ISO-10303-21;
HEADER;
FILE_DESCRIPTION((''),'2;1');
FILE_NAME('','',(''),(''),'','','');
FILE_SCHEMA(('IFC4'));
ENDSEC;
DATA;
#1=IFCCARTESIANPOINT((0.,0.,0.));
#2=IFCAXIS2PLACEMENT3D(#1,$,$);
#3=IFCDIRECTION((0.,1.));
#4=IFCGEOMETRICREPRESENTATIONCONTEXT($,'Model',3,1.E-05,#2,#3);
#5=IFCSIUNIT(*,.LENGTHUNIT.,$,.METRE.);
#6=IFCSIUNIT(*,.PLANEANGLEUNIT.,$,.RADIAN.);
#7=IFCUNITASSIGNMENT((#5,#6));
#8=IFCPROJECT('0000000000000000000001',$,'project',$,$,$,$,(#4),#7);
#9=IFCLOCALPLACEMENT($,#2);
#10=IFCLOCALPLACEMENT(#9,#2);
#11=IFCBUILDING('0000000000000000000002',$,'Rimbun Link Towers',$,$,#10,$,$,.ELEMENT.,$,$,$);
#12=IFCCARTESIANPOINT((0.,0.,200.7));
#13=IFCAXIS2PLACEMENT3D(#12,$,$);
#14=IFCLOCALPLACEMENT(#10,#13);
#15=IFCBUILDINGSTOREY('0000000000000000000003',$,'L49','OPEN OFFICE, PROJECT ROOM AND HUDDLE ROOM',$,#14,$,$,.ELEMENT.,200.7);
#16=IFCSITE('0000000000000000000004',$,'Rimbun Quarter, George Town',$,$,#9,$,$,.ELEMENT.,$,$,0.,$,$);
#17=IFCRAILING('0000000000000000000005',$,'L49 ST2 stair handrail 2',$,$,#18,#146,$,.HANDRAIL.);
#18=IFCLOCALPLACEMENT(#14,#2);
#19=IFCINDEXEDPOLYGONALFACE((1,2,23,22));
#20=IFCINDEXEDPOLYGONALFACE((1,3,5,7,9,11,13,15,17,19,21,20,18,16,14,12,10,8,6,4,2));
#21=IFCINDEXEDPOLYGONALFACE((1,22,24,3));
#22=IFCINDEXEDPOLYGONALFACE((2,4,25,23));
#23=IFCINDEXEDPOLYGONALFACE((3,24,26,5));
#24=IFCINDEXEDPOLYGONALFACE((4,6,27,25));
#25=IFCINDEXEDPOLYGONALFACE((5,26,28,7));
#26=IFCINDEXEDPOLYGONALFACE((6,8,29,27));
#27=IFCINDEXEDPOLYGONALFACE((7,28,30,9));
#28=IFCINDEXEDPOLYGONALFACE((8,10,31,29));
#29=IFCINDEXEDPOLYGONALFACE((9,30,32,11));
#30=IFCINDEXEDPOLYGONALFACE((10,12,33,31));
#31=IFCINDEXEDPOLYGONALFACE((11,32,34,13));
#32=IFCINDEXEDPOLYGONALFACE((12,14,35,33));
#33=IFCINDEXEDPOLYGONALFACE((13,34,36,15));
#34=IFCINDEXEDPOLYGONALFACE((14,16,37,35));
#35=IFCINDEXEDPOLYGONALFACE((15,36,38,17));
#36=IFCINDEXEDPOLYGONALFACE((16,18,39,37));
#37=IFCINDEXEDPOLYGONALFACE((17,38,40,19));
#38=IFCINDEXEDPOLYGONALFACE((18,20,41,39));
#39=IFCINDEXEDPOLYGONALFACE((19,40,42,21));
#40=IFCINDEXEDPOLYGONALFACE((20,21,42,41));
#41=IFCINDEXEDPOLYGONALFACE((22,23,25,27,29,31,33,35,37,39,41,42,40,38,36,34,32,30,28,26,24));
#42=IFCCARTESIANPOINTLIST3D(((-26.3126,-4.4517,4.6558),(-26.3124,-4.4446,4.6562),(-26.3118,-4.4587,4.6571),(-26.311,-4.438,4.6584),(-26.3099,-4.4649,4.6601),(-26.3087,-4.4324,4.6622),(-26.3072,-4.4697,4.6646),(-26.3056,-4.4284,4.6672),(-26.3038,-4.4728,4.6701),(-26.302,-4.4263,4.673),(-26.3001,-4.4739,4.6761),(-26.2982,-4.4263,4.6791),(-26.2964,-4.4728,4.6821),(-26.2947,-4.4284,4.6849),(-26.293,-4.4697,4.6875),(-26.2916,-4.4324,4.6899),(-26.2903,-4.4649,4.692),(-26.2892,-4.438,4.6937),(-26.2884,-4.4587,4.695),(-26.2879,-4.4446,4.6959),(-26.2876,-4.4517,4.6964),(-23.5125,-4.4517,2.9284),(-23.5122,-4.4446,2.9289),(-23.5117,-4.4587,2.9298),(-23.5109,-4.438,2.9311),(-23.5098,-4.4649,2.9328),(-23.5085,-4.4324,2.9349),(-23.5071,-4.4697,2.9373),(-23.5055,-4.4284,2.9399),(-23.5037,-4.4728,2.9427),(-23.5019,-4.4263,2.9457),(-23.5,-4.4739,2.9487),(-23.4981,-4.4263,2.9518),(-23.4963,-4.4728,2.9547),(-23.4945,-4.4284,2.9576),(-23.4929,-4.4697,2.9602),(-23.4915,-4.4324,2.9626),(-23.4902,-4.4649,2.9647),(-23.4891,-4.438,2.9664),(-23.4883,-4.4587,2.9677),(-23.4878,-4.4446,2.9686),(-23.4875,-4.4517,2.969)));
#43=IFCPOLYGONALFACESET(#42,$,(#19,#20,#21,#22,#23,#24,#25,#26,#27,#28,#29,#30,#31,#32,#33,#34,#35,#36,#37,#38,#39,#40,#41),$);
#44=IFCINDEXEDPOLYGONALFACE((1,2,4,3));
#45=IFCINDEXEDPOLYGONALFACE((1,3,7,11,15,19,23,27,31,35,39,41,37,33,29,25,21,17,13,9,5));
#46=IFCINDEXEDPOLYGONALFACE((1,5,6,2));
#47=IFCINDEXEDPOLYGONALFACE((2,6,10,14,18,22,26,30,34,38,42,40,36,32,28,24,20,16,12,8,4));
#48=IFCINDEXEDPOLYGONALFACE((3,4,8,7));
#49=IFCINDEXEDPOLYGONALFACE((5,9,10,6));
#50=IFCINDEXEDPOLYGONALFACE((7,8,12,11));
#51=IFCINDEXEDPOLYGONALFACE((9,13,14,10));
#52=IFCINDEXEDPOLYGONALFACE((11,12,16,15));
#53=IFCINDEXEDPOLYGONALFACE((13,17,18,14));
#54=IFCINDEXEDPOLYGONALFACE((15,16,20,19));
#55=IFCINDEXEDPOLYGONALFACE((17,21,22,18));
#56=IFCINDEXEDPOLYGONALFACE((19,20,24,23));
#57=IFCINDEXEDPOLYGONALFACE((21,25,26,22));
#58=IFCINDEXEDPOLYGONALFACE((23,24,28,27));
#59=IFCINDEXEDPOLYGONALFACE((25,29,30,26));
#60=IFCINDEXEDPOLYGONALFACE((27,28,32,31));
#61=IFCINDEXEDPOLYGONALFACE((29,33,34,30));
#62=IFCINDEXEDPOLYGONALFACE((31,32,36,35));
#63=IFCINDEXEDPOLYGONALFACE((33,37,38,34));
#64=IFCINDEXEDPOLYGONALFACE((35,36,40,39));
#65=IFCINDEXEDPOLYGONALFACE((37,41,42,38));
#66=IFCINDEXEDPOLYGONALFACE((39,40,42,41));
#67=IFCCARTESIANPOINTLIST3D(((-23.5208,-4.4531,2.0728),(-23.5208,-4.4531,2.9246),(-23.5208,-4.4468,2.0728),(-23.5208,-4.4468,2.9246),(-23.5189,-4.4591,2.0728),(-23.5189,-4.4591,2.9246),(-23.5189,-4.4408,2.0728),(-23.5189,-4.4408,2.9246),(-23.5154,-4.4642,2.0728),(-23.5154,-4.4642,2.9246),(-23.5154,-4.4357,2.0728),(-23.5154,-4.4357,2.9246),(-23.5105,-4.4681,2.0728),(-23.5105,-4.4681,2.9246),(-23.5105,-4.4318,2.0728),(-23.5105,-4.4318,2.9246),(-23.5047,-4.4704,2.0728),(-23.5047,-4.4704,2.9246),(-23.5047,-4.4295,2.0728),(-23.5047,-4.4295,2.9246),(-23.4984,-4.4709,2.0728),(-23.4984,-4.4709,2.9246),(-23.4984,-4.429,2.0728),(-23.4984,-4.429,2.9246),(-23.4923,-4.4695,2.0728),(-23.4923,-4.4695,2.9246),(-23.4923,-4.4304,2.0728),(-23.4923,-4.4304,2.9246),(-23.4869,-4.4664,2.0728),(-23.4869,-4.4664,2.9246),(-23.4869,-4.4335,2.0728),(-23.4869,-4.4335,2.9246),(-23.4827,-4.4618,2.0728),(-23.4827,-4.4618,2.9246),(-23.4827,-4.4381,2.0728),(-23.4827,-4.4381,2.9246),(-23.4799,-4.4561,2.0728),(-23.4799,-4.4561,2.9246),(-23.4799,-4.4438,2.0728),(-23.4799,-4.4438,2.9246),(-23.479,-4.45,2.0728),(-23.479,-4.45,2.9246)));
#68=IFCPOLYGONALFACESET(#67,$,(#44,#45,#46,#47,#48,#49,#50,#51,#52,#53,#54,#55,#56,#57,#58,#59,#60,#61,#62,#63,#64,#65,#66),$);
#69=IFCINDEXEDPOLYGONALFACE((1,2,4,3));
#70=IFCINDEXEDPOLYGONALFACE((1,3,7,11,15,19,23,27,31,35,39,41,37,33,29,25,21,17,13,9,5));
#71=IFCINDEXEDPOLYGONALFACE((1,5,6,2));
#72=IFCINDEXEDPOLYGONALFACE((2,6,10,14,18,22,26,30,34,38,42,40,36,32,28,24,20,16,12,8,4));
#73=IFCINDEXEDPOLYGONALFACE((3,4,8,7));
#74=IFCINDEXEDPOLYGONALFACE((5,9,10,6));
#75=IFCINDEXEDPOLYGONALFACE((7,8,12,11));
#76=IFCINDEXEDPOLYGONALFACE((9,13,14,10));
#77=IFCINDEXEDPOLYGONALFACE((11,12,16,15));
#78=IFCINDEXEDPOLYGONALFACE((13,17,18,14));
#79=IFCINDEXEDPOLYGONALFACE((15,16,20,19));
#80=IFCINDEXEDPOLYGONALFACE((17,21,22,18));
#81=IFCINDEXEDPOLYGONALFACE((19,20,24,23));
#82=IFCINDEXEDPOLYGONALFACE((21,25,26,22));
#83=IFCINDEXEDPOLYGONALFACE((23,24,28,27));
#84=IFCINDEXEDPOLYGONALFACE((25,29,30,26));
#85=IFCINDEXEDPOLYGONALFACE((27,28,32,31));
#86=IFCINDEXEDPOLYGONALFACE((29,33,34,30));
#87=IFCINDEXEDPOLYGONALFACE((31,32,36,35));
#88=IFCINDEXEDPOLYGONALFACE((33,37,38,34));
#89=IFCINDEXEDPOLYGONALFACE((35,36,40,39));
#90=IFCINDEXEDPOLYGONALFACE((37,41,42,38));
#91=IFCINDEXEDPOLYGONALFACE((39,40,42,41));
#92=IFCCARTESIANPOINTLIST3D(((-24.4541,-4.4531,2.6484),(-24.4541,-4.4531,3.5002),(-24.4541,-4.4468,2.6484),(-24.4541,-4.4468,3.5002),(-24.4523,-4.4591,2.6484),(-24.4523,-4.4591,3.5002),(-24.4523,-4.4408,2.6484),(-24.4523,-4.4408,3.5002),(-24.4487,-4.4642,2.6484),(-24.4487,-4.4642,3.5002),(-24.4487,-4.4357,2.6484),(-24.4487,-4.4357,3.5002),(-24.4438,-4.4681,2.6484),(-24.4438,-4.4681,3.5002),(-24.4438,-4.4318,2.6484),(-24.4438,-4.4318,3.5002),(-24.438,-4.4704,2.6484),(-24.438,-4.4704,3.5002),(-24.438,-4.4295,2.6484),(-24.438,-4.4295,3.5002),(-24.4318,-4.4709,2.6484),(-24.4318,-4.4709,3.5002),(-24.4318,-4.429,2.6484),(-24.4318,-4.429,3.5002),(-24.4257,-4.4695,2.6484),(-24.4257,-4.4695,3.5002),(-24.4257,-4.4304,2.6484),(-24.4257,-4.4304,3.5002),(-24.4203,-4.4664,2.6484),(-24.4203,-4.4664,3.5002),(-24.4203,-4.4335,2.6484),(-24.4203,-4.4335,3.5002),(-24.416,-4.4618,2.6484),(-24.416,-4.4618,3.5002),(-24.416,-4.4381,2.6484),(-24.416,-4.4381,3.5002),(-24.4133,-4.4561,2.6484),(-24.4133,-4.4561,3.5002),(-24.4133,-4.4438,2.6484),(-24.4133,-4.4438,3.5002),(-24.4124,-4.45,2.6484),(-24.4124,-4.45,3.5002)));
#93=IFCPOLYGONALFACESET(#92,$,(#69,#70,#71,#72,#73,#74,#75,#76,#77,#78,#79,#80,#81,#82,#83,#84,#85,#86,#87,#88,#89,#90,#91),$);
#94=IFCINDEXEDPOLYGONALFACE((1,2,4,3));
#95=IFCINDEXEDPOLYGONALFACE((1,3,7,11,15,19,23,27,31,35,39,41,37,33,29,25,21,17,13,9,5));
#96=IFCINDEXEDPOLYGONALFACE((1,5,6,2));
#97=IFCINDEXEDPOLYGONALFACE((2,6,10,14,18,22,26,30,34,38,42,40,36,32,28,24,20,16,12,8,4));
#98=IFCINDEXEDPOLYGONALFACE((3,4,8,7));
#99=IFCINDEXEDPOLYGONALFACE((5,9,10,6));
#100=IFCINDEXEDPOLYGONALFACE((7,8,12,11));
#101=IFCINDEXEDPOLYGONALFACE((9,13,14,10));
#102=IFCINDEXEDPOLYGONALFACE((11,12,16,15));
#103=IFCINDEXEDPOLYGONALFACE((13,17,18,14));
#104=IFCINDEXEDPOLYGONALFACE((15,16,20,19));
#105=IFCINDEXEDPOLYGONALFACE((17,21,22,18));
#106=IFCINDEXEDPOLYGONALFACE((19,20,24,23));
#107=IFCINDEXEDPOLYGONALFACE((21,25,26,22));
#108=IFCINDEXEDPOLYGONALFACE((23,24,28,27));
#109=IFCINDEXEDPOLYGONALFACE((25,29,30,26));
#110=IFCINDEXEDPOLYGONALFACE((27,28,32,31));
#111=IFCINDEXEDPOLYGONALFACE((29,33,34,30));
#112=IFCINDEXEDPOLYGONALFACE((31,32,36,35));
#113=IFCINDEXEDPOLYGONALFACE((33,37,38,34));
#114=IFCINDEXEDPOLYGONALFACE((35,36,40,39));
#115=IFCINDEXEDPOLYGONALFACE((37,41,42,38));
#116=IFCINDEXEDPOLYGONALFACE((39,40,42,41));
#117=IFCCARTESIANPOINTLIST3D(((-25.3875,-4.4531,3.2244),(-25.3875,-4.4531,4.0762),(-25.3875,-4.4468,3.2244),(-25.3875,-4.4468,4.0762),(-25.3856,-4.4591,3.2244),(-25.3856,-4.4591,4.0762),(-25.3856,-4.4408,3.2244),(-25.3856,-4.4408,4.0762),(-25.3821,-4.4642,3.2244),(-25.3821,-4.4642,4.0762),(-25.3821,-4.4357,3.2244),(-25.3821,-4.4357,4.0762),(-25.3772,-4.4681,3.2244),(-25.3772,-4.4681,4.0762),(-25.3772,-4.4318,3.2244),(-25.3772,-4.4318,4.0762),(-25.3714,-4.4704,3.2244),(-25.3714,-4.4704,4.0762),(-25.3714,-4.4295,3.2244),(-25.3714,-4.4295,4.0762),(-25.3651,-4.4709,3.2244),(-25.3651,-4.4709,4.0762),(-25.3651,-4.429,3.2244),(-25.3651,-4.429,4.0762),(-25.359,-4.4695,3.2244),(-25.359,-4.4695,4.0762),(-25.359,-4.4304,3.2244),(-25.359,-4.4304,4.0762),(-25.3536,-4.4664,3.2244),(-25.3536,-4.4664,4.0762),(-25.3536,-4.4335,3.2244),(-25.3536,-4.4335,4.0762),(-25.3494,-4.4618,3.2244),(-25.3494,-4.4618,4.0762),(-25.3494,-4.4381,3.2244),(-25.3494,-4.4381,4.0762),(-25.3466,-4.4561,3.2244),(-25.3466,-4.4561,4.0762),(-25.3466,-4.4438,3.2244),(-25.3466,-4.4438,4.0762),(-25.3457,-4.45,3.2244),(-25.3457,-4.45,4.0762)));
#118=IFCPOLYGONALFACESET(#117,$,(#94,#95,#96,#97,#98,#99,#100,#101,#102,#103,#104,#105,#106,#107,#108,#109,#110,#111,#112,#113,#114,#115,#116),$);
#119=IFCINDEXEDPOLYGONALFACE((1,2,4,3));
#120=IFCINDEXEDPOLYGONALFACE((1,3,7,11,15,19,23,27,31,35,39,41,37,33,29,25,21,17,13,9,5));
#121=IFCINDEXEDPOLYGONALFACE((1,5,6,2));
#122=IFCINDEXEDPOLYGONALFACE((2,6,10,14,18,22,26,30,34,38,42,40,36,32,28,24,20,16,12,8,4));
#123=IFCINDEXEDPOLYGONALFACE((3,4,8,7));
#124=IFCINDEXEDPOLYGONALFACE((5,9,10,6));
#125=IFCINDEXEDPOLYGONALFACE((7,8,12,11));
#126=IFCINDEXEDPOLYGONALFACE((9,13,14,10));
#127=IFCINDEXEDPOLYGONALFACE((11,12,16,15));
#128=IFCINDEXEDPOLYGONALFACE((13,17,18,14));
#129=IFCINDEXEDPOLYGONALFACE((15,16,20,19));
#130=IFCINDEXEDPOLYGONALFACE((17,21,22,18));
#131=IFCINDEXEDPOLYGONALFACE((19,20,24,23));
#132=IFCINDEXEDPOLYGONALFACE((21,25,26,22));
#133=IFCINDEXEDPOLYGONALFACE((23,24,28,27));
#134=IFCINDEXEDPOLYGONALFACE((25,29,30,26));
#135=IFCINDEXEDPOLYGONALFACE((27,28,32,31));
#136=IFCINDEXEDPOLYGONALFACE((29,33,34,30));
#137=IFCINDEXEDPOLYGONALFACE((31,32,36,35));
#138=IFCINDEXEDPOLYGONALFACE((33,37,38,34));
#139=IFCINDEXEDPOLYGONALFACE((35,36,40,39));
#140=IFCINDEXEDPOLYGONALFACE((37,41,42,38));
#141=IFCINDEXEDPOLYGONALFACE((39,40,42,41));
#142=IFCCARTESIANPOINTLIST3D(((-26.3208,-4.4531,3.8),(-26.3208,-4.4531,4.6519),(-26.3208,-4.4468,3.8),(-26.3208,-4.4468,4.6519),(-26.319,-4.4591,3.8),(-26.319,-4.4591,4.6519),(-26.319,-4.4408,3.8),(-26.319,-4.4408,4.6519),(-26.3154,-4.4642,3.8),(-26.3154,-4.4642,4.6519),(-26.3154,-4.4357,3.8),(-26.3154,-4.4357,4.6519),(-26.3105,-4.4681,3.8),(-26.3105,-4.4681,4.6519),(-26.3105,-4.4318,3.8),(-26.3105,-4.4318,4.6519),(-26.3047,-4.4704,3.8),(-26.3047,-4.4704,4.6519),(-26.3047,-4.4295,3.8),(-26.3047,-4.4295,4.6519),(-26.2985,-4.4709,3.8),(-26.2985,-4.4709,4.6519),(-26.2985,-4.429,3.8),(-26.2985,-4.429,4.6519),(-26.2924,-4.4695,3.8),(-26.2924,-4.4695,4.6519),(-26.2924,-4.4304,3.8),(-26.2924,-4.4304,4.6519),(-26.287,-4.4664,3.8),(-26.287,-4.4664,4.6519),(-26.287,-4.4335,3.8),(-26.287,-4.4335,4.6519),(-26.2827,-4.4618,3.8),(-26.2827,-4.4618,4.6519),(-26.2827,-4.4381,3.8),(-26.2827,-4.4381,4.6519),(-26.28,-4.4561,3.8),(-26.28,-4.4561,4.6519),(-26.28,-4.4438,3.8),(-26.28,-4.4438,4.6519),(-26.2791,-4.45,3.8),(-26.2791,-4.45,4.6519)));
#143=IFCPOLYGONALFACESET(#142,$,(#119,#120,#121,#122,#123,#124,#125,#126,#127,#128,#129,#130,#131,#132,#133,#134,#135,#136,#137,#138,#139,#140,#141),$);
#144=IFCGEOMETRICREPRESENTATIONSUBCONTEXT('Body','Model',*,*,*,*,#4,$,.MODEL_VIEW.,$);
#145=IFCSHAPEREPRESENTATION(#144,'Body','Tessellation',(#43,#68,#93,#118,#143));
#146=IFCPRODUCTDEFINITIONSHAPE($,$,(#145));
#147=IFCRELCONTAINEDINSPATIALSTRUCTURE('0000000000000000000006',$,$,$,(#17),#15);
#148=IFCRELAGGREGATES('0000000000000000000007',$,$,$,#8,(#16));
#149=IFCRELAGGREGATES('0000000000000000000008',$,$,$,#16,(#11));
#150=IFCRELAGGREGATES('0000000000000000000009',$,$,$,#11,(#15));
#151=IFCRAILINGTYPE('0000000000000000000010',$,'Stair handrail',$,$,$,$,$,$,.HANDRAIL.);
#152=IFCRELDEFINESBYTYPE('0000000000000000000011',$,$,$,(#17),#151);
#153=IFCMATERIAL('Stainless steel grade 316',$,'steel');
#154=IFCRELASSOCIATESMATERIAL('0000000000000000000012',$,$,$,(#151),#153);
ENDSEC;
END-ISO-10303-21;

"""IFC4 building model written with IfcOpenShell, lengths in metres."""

from ifc_helpers import new_model, si_unit, direction, frame, origin, origin_2d, place, context, subcontext, project, spatial, circle, extrude, material, type_object, element, save


model = new_model("IFC4")

# Units and contexts
model_context = context("Model", 3, precision=1e-05, world=origin(), true_north=direction((0.0, 1.0)))
body_context = subcontext(model_context, "Body", "Model", "MODEL_VIEW")
ifc_project = project(units=[si_unit("LENGTHUNIT", "METRE"), si_unit("PLANEANGLEUNIT", "RADIAN")], contexts=[model_context])

# Site, building, storey
site_placement = place(None, origin())
site = spatial("IfcSite", under=ifc_project, at=site_placement, Name="Rimbun Quarter, George Town", CompositionType="ELEMENT", RefElevation=0.0)
building_placement = place(site_placement, origin())
building = spatial("IfcBuilding", under=site, at=building_placement, Name="Rimbun Link Towers", CompositionType="ELEMENT")
storey_placement = place(building_placement, frame((0.0, 0.0, 200.7)))
storey = spatial("IfcBuildingStorey", under=building, at=storey_placement, Name="L49", Description="OPEN OFFICE, PROJECT ROOM AND HUDDLE ROOM", CompositionType="ELEMENT", Elevation=200.7)

# Railing
ifc_material_1 = material(Name="Stainless steel grade 316", Category="steel")
railing_type_1 = type_object("IfcRailingType", Name="Stair handrail", PredefinedType="HANDRAIL", material=ifc_material_1)
railing_1_placement = place(storey_placement, frame((-23.5, -4.45, 2.0728)))
element("IfcRailing", 1, at=railing_1_placement, inside=storey, type_object=railing_type_1, Name="L49 ST2 stair handrail 2", PredefinedType="HANDRAIL", context=body_context, shape_type="SweptSolid", body=[
    extrude(circle(Radius=0.0239, at=origin_2d()), frame((0.0, 0.0, 0.876), z_axis=(-0.85109, 0.0, 0.52502), x_axis=(0.0, -1.0, 0.0)), (0.0, 0.0, 1.0), 3.29),
    extrude(circle(Radius=0.021, at=origin_2d()), origin(), (0.0, 0.0, 1.0), 0.8518),
    extrude(circle(Radius=0.021, at=origin_2d()), frame((-0.9333, 0.0, 0.5757)), (0.0, 0.0, 1.0), 0.8518),
    extrude(circle(Radius=0.021, at=origin_2d()), frame((-1.8667, 0.0, 1.1516)), (0.0, 0.0, 1.0), 0.8518),
    extrude(circle(Radius=0.021, at=origin_2d()), frame((-2.8, 0.0, 1.7273)), (0.0, 0.0, 1.0), 0.8518),
])

save(model, "model.ifc")
